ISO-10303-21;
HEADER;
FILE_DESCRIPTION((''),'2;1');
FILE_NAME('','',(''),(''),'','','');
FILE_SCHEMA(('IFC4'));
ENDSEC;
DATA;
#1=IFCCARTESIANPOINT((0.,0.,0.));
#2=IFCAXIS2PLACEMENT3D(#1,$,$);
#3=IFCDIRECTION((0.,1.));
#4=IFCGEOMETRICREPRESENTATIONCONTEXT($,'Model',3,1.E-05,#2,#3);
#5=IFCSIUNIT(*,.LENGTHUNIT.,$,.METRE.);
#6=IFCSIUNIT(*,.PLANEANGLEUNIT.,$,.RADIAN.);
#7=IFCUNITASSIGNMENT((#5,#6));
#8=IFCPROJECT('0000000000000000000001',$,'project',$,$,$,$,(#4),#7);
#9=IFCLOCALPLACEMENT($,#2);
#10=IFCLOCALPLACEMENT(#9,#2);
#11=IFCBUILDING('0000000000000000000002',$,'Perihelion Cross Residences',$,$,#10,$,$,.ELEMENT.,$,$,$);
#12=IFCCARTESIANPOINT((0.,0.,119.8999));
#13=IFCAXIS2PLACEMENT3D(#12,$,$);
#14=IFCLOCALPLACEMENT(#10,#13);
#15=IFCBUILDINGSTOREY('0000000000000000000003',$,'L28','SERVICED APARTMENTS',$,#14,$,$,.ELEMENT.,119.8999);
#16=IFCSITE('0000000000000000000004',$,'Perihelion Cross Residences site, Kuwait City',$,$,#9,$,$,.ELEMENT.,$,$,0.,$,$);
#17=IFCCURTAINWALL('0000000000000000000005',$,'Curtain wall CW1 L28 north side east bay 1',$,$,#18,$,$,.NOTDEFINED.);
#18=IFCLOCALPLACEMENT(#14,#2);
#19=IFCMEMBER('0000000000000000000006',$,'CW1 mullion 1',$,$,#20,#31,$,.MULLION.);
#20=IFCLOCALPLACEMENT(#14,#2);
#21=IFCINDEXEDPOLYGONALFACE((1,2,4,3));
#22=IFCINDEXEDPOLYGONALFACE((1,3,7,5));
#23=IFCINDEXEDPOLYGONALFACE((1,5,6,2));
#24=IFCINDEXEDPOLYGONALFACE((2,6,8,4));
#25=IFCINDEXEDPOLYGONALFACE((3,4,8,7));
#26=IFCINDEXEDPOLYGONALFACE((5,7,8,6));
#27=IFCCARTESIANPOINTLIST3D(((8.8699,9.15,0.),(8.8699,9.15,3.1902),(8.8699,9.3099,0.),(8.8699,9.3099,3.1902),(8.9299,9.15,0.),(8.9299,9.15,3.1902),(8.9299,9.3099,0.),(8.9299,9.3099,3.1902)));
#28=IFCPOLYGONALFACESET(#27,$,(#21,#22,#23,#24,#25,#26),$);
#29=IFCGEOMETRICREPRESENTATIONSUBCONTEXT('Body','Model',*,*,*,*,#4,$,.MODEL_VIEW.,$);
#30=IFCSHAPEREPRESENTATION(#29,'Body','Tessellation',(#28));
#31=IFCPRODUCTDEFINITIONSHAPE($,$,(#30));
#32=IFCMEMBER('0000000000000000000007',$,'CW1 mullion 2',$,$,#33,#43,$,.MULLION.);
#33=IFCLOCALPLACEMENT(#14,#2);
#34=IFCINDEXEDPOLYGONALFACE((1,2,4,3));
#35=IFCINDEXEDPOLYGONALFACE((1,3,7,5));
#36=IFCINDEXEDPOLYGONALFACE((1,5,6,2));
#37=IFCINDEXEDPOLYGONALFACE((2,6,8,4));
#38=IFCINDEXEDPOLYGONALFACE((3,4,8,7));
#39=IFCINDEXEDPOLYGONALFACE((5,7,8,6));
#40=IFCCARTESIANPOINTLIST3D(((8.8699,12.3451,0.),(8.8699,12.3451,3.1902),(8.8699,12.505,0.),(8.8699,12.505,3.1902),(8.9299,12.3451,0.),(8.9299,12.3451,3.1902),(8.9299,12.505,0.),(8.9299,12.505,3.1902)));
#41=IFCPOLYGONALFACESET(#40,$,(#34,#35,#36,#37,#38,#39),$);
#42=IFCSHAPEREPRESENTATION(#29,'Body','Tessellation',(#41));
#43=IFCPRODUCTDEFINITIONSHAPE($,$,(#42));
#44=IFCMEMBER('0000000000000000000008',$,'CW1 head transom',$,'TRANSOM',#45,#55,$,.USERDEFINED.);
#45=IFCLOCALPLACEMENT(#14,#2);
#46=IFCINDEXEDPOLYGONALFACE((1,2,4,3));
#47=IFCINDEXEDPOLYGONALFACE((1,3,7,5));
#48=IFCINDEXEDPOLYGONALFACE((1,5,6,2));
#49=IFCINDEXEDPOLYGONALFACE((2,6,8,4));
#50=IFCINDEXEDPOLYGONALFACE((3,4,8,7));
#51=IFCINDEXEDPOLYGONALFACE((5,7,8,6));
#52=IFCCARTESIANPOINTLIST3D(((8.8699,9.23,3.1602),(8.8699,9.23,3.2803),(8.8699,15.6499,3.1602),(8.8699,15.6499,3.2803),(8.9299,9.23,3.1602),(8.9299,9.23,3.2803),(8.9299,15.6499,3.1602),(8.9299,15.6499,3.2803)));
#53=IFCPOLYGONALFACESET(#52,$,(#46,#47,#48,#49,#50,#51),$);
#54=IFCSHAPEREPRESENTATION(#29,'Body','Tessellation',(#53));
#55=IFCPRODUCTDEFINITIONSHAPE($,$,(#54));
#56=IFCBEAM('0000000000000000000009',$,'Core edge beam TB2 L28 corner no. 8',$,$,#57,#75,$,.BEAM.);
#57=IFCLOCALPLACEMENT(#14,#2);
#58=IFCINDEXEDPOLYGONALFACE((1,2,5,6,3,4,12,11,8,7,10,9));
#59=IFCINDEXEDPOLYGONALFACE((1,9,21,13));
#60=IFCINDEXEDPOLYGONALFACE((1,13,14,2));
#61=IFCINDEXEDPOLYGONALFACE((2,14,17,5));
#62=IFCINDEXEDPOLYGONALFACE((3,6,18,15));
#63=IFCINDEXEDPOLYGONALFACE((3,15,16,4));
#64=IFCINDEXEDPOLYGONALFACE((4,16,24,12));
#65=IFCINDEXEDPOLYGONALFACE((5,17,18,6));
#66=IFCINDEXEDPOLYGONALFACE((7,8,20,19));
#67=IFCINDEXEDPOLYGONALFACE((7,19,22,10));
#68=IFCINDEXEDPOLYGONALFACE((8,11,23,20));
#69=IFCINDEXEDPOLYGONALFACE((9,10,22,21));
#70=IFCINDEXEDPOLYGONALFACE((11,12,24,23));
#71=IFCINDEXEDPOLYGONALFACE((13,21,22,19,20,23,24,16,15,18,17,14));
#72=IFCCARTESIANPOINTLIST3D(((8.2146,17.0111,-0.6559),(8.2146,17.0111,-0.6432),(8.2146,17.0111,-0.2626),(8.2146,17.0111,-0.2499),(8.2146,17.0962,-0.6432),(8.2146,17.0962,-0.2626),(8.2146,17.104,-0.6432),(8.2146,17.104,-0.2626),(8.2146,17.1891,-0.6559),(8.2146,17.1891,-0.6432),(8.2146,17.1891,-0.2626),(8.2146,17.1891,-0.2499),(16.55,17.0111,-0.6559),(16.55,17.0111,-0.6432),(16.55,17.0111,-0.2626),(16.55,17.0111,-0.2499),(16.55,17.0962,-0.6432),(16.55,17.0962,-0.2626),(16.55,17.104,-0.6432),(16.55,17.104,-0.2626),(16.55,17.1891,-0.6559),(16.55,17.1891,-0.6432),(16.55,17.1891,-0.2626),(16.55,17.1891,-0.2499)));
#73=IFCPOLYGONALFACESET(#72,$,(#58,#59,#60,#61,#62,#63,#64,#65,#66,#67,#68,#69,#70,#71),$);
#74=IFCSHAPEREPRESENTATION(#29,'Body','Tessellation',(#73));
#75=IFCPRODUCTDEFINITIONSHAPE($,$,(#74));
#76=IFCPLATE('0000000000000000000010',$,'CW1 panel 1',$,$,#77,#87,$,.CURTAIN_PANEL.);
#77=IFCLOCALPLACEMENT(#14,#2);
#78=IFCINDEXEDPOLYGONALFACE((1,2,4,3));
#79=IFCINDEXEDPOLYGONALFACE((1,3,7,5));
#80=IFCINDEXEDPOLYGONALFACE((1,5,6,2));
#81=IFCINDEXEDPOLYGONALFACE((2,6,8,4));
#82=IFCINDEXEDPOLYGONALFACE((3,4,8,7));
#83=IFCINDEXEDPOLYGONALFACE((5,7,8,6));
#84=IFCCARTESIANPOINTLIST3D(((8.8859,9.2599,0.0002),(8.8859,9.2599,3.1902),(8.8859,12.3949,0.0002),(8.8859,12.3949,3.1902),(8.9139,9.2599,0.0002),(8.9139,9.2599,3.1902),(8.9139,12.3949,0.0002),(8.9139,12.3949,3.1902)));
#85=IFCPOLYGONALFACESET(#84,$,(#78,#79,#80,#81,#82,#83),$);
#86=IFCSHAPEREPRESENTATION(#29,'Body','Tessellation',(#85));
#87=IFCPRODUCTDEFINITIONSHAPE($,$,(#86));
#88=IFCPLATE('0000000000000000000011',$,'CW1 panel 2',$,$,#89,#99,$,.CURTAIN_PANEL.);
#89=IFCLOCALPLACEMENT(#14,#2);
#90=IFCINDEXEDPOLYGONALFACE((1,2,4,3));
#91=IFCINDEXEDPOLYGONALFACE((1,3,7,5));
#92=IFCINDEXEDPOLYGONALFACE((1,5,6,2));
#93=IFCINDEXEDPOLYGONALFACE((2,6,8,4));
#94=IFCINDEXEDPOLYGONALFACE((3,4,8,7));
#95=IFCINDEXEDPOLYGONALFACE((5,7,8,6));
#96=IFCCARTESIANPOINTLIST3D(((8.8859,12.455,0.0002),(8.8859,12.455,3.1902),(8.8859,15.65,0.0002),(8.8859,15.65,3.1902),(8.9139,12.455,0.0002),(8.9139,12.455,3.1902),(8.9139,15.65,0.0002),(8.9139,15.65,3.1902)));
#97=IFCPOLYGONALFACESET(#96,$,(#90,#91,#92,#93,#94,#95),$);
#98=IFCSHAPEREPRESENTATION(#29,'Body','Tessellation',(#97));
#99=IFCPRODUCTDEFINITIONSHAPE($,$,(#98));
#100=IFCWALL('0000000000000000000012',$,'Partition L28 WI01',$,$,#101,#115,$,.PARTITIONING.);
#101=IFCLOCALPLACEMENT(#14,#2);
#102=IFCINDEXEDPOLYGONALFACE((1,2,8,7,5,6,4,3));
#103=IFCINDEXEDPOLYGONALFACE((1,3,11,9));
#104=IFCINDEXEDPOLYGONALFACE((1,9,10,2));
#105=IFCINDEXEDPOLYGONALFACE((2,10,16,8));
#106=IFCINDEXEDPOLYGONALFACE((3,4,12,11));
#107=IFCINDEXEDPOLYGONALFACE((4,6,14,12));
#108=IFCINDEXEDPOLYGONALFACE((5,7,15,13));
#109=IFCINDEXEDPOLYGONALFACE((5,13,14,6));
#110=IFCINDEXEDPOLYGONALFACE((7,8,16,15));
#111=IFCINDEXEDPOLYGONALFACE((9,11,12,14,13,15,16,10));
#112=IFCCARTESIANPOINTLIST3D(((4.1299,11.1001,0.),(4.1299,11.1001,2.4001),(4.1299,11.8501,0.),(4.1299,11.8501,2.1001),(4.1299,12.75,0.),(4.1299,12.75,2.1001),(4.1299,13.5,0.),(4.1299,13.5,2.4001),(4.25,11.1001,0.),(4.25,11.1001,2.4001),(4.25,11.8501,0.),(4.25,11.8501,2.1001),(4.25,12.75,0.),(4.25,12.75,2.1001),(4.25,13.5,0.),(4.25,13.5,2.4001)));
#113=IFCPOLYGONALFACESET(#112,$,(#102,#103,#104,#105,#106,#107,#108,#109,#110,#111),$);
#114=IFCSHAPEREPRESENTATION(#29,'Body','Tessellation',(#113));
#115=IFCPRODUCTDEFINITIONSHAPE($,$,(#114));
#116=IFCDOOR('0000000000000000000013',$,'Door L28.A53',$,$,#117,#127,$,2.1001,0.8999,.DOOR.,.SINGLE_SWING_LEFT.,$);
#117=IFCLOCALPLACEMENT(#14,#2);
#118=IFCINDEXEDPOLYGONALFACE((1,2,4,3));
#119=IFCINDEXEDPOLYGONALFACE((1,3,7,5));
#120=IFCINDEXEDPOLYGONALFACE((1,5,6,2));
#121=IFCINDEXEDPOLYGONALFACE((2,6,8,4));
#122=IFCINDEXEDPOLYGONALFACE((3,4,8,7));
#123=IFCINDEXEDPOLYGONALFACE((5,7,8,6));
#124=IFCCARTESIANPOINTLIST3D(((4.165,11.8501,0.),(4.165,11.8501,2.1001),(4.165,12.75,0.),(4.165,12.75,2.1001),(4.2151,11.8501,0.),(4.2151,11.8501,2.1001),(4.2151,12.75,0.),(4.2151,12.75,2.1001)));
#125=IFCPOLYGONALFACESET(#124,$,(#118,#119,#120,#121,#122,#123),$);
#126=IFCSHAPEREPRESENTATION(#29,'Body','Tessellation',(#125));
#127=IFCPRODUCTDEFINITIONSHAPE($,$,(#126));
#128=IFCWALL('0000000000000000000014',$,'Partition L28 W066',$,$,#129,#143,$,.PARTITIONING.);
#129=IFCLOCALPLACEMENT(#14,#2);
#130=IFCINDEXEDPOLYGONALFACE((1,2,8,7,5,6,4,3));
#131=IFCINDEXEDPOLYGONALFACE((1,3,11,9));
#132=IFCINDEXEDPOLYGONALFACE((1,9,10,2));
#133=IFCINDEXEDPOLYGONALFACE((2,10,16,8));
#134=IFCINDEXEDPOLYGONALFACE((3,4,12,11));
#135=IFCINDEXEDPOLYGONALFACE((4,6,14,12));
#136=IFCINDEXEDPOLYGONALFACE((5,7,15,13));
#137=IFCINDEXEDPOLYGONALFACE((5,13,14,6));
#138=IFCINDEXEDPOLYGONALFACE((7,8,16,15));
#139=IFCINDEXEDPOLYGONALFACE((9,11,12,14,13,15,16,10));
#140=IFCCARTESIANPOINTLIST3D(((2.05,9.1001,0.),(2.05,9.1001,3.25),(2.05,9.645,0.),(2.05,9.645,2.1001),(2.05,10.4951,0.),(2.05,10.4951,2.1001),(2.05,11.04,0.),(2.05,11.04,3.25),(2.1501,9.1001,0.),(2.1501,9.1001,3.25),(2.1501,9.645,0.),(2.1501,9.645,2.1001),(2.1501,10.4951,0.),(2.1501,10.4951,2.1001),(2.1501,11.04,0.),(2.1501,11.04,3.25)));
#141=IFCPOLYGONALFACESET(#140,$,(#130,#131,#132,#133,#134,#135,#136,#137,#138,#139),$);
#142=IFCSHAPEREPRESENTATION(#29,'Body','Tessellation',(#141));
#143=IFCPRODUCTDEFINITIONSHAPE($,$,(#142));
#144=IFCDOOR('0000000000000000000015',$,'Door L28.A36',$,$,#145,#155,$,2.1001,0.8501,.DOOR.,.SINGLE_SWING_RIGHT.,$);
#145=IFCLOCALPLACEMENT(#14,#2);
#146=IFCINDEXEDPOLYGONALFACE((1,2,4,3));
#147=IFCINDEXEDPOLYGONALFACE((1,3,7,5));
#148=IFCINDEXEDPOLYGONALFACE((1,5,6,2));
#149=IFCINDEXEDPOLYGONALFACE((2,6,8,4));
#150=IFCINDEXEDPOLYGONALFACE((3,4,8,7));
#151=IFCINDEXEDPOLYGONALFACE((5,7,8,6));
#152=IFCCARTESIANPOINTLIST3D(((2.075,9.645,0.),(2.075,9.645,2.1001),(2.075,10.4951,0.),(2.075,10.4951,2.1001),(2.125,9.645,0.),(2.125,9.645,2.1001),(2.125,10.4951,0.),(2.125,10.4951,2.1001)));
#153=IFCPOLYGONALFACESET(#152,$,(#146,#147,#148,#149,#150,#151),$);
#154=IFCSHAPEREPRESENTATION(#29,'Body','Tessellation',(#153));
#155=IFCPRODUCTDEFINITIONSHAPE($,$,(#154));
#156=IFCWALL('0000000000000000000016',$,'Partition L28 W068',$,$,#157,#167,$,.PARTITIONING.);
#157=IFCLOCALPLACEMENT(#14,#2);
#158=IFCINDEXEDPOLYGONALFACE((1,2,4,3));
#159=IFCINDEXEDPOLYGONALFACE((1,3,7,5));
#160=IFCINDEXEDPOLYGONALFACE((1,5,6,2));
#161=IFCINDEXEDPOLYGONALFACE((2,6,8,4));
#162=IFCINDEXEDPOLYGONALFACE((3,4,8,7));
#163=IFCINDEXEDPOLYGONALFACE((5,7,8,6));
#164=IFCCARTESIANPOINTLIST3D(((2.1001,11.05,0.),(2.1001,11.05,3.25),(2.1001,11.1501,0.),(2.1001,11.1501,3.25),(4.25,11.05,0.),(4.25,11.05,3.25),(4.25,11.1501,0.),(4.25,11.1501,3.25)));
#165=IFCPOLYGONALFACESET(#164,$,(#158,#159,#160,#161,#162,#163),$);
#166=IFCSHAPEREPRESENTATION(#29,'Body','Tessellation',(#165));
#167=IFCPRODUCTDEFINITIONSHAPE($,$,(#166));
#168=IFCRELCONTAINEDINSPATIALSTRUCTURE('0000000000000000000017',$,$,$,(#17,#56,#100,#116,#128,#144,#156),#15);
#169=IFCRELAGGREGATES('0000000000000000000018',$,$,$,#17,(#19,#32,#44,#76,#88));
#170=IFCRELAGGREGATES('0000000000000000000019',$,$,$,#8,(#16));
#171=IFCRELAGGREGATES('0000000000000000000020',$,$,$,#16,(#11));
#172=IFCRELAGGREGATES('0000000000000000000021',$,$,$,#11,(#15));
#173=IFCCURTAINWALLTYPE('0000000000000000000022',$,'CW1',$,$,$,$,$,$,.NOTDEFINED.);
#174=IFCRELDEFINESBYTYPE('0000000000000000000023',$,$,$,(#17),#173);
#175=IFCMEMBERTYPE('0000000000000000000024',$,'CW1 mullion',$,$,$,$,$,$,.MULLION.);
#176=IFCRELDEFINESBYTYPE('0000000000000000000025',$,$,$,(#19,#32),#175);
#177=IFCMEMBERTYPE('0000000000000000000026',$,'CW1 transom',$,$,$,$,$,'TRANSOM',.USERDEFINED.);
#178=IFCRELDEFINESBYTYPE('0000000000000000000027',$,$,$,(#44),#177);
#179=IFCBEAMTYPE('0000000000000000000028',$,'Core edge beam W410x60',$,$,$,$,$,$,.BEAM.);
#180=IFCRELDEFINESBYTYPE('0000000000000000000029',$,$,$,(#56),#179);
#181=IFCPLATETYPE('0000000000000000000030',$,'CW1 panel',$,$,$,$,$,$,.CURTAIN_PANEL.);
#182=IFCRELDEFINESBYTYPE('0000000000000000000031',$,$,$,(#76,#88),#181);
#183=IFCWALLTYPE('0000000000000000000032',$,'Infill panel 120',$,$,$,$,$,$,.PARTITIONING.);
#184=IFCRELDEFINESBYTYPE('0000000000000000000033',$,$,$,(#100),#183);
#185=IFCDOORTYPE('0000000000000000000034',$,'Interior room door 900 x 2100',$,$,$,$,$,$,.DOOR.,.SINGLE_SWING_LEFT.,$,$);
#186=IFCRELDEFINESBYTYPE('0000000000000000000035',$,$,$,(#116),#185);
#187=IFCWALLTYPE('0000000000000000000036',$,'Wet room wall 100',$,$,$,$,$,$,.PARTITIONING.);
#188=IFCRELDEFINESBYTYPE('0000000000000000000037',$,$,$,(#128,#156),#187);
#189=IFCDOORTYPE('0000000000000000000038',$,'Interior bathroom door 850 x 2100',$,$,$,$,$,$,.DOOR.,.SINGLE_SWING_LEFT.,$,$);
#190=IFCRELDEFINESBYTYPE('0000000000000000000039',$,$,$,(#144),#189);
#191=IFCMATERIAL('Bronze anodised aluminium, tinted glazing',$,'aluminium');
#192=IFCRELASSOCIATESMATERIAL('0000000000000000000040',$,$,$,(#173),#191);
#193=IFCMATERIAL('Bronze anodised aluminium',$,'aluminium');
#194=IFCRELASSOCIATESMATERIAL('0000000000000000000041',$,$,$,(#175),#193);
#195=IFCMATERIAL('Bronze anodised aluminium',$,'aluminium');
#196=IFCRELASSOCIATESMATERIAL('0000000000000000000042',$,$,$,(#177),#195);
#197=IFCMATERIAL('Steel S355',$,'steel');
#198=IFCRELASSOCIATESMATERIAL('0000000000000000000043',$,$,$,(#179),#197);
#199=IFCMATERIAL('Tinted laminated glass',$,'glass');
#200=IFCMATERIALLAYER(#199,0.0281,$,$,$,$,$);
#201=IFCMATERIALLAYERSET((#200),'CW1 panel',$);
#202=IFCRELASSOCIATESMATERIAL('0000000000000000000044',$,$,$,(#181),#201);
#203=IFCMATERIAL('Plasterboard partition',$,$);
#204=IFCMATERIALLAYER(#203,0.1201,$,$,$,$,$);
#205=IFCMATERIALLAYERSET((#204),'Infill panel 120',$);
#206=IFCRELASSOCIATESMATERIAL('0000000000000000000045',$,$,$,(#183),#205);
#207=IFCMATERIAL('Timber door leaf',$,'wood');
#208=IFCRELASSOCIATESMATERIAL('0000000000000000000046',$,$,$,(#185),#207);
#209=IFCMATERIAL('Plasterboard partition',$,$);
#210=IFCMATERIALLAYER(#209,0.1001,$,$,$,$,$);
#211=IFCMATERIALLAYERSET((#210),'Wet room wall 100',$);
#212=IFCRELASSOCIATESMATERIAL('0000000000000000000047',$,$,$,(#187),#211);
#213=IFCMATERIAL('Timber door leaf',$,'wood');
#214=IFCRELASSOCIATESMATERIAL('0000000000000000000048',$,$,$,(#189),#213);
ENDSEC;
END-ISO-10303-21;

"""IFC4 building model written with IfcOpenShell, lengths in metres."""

from ifc_helpers import new_model, si_unit, direction, frame, frame_2d, origin, origin_2d, place, context, subcontext, project, spatial, rectangle, i_section, extrude, material, layer, layer_set, material_profile, profile_set, type_object, element, fill, aggregate, save


model = new_model("IFC4")

# Units and contexts
model_context = context("Model", 3, precision=1e-05, world=origin(), true_north=direction((0.0, 1.0)))
body_context = subcontext(model_context, "Body", "Model", "MODEL_VIEW")
ifc_project = project(units=[si_unit("LENGTHUNIT", "METRE"), si_unit("PLANEANGLEUNIT", "RADIAN")], contexts=[model_context])

# Site, building, storey
site_placement = place(None, origin())
site = spatial("IfcSite", under=ifc_project, at=site_placement, Name="Perihelion Cross Residences site, Kuwait City", CompositionType="ELEMENT", RefElevation=0.0)
building_placement = place(site_placement, origin())
building = spatial("IfcBuilding", under=site, at=building_placement, Name="Perihelion Cross Residences", CompositionType="ELEMENT")
storey_placement = place(building_placement, frame((0.0, 0.0, 119.8999)))
storey = spatial("IfcBuildingStorey", under=building, at=storey_placement, Name="L28", Description="SERVICED APARTMENTS", CompositionType="ELEMENT", Elevation=119.8999)

# Curtain wall, members
ifc_material_1 = material(Name="Bronze anodised aluminium, tinted glazing", Category="aluminium")
curtain_wall_type = type_object("IfcCurtainWallType", Name="CW1", PredefinedType="NOTDEFINED", material=ifc_material_1)
curtain_wall_placement = place(storey_placement, origin())
curtain_wall = element("IfcCurtainWall", 1, at=curtain_wall_placement, inside=storey, type_object=curtain_wall_type, Name="Curtain wall CW1 L28 north side east bay 1", PredefinedType="NOTDEFINED")
ifc_material_2 = material(Name="Bronze anodised aluminium", Category="aluminium")
ifc_material_profile_1 = material_profile(ifc_material_2, rectangle(XDim=0.0601, YDim=0.1599, at=origin_2d()), Name="CW1 mullion")
ifc_profile_set_1 = profile_set([ifc_material_profile_1], Name="Bronze anodised aluminium")
member_type_1 = type_object("IfcMemberType", Name="CW1 mullion", PredefinedType="MULLION", material=ifc_profile_set_1)
member_1_placement = place(storey_placement, frame((8.8999, 9.23, 0.0), z_axis=(0.0, 0.0, 1.0), x_axis=(-1.0, 0.0, 0.0)))
member_1 = element("IfcMember", 2, at=member_1_placement, type_object=member_type_1, Name="CW1 mullion 1", PredefinedType="MULLION", context=body_context, shape_type="SweptSolid", body=[
    extrude(rectangle(XDim=0.0601, YDim=0.1599, at=origin_2d()), origin(), (0.0, 0.0, 1.0), 3.1902),
])
member_2_placement = place(storey_placement, frame((8.8999, 12.425, 0.0), z_axis=(0.0, 0.0, 1.0), x_axis=(-1.0, 0.0, 0.0)))
member_2 = element("IfcMember", 3, at=member_2_placement, type_object=member_type_1, Name="CW1 mullion 2", PredefinedType="MULLION", context=body_context, shape_type="SweptSolid", body=[
    extrude(rectangle(XDim=0.0601, YDim=0.1599, at=origin_2d()), origin(), (0.0, 0.0, 1.0), 3.1902),
])
ifc_material_3 = material(Name="Bronze anodised aluminium", Category="aluminium")
ifc_material_profile_2 = material_profile(ifc_material_3, rectangle(XDim=0.0601, YDim=0.1201, at=origin_2d()), Name="CW1 transom")
ifc_profile_set_2 = profile_set([ifc_material_profile_2], Name="Bronze anodised aluminium")
member_type_2 = type_object("IfcMemberType", Name="CW1 transom", ElementType="TRANSOM", PredefinedType="USERDEFINED", material=ifc_profile_set_2)
member_3_placement = place(storey_placement, frame((8.8999, 9.23, 3.2202), z_axis=(0.0, 1.0, 0.0), x_axis=(-1.0, 0.0, 0.0)))
member_3 = element("IfcMember", 4, at=member_3_placement, type_object=member_type_2, Name="CW1 head transom", ObjectType="TRANSOM", PredefinedType="USERDEFINED", context=body_context, shape_type="SweptSolid", body=[
    extrude(rectangle(XDim=0.0601, YDim=0.1201, at=origin_2d()), origin(), (0.0, 0.0, 1.0), 6.4199),
])

# Beam
ifc_material_4 = material(Name="Steel S355", Category="steel")
ifc_material_profile_3 = material_profile(ifc_material_4, i_section(OverallWidth=0.178, OverallDepth=0.406, WebThickness=0.0078, FlangeThickness=0.0127, at=origin_2d()), Name="W410x60")
ifc_profile_set_3 = profile_set([ifc_material_profile_3], Name="Steel S355")
beam_type = type_object("IfcBeamType", Name="Core edge beam W410x60", PredefinedType="BEAM", material=ifc_profile_set_3)
beam_placement = place(storey_placement, frame((8.2146, 17.1001, -0.4529), z_axis=(1.0, 0.0, 0.0), x_axis=(0.0, 1.0, 0.0)))
element("IfcBeam", 5, at=beam_placement, inside=storey, type_object=beam_type, Name="Core edge beam TB2 L28 corner no. 8", PredefinedType="BEAM", context=body_context, shape_type="SweptSolid", body=[
    extrude(i_section(OverallWidth=0.178, OverallDepth=0.406, WebThickness=0.0078, FlangeThickness=0.0127, at=origin_2d()), origin(), (0.0, 0.0, 1.0), 8.3354),
])

# Plates
ifc_material_5 = material(Name="Tinted laminated glass", Category="glass")
ifc_layer_1 = layer(ifc_material_5, 0.0281)
ifc_layer_set_1 = layer_set([ifc_layer_1], Name="CW1 panel")
plate_type = type_object("IfcPlateType", Name="CW1 panel", PredefinedType="CURTAIN_PANEL", material=ifc_layer_set_1)
plate_1_placement = place(storey_placement, frame((8.8999, 10.8274, 0.0002), z_axis=(0.0, 0.0, 1.0), x_axis=(0.0, 1.0, 0.0)))
plate_1 = element("IfcPlate", 6, at=plate_1_placement, type_object=plate_type, Name="CW1 panel 1", PredefinedType="CURTAIN_PANEL", context=body_context, shape_type="SweptSolid", body=[
    extrude(rectangle(XDim=3.135, YDim=0.0281, at=origin_2d()), origin(), (0.0, 0.0, 1.0), 3.1899),
])
plate_2_placement = place(storey_placement, frame((8.8999, 14.0525, 0.0002), z_axis=(0.0, 0.0, 1.0), x_axis=(0.0, 1.0, 0.0)))
plate_2 = element("IfcPlate", 7, at=plate_2_placement, type_object=plate_type, Name="CW1 panel 2", PredefinedType="CURTAIN_PANEL", context=body_context, shape_type="SweptSolid", body=[
    extrude(rectangle(XDim=3.1951, YDim=0.0281, at=origin_2d()), origin(), (0.0, 0.0, 1.0), 3.1899),
])
aggregate(curtain_wall, [member_1, member_2, member_3, plate_1, plate_2])

# Walls, openings, doors
ifc_material_6 = material(Name="Plasterboard partition")
ifc_layer_2 = layer(ifc_material_6, 0.1201)
ifc_layer_set_2 = layer_set([ifc_layer_2], Name="Infill panel 120")
wall_type_1 = type_object("IfcWallType", Name="Infill panel 120", PredefinedType="PARTITIONING", material=ifc_layer_set_2)
wall_1_placement = place(storey_placement, frame((4.1899, 11.1001, 0.0), z_axis=(0.0, 0.0, 1.0), x_axis=(0.0, 1.0, 0.0)))
wall_1 = element("IfcWall", 8, at=wall_1_placement, inside=storey, type_object=wall_type_1, Name="Partition L28 WI01", PredefinedType="PARTITIONING", context=body_context, shape_type="SweptSolid", body=[
    extrude(rectangle(XDim=2.3999, YDim=0.1201, at=frame_2d((1.2, 0.0))), origin(), (0.0, 0.0, 1.0), 2.4001),
])
opening_1_placement = place(wall_1_placement, frame((0.75, 0.0, 0.0)))
opening_1 = element("IfcOpeningElement", 9, at=opening_1_placement, cuts=wall_1, PredefinedType="OPENING", context=body_context, shape_type="SweptSolid", body=[
    extrude(rectangle(XDim=0.8999, YDim=2.1001, at=frame_2d((0.45, 1.05))), frame((0.0, 0.0701, 0.0), z_axis=(0.0, -1.0, 0.0), x_axis=(1.0, 0.0, 0.0)), (0.0, 0.0, 1.0), 0.1401),
])
ifc_material_7 = material(Name="Timber door leaf", Category="wood")
door_type_1 = type_object("IfcDoorType", Name="Interior room door 900 x 2100", OperationType="SINGLE_SWING_LEFT", PredefinedType="DOOR", material=ifc_material_7)
door_1_placement = place(opening_1_placement, origin())
door_1 = element("IfcDoor", 10, at=door_1_placement, inside=storey, type_object=door_type_1, Name="Door L28.A53", OperationType="SINGLE_SWING_LEFT", OverallHeight=2.1001, OverallWidth=0.8999, PredefinedType="DOOR", context=body_context, shape_type="SweptSolid", body=[
    extrude(rectangle(XDim=0.8999, YDim=2.1001, at=frame_2d((0.45, 1.05))), frame((0.0, 0.0249, 0.0), z_axis=(0.0, -1.0, 0.0), x_axis=(1.0, 0.0, 0.0)), (0.0, 0.0, 1.0), 0.05),
])
fill(opening_1, door_1)
ifc_material_8 = material(Name="Plasterboard partition")
ifc_layer_3 = layer(ifc_material_8, 0.1001)
ifc_layer_set_3 = layer_set([ifc_layer_3], Name="Wet room wall 100")
wall_type_2 = type_object("IfcWallType", Name="Wet room wall 100", PredefinedType="PARTITIONING", material=ifc_layer_set_3)
wall_2_placement = place(storey_placement, frame((2.1001, 11.04, 0.0), z_axis=(0.0, 0.0, 1.0), x_axis=(0.0, -1.0, 0.0)))
wall_2 = element("IfcWall", 11, at=wall_2_placement, inside=storey, type_object=wall_type_2, Name="Partition L28 W066", PredefinedType="PARTITIONING", context=body_context, shape_type="SweptSolid", body=[
    extrude(rectangle(XDim=1.9399, YDim=0.1001, at=frame_2d((0.97, 0.0))), origin(), (0.0, 0.0, 1.0), 3.25),
])
opening_2_placement = place(wall_2_placement, frame((0.5449, 0.0, 0.0)))
opening_2 = element("IfcOpeningElement", 12, at=opening_2_placement, cuts=wall_2, PredefinedType="OPENING", context=body_context, shape_type="SweptSolid", body=[
    extrude(rectangle(XDim=0.8501, YDim=2.1001, at=frame_2d((0.425, 1.05))), frame((0.0, 0.0601, 0.0), z_axis=(0.0, -1.0, 0.0), x_axis=(1.0, 0.0, 0.0)), (0.0, 0.0, 1.0), 0.1201),
])
ifc_material_9 = material(Name="Timber door leaf", Category="wood")
door_type_2 = type_object("IfcDoorType", Name="Interior bathroom door 850 x 2100", OperationType="SINGLE_SWING_LEFT", PredefinedType="DOOR", material=ifc_material_9)
door_2_placement = place(opening_2_placement, origin())
door_2 = element("IfcDoor", 13, at=door_2_placement, inside=storey, type_object=door_type_2, Name="Door L28.A36", OperationType="SINGLE_SWING_RIGHT", OverallHeight=2.1001, OverallWidth=0.8501, PredefinedType="DOOR", context=body_context, shape_type="SweptSolid", body=[
    extrude(rectangle(XDim=0.8501, YDim=2.1001, at=frame_2d((0.425, 1.05))), frame((0.0, 0.0249, 0.0), z_axis=(0.0, -1.0, 0.0), x_axis=(1.0, 0.0, 0.0)), (0.0, 0.0, 1.0), 0.05),
])
fill(opening_2, door_2)

# Wall
wall_3_placement = place(storey_placement, frame((2.1001, 11.1001, 0.0), z_axis=(0.0, 0.0, 1.0), x_axis=(1.0, 0.0, 0.0)))
element("IfcWall", 14, at=wall_3_placement, inside=storey, type_object=wall_type_2, Name="Partition L28 W068", PredefinedType="PARTITIONING", context=body_context, shape_type="SweptSolid", body=[
    extrude(rectangle(XDim=2.1499, YDim=0.1001, at=frame_2d((1.075, 0.0))), origin(), (0.0, 0.0, 1.0), 3.25),
])

save(model, "model.ifc")
